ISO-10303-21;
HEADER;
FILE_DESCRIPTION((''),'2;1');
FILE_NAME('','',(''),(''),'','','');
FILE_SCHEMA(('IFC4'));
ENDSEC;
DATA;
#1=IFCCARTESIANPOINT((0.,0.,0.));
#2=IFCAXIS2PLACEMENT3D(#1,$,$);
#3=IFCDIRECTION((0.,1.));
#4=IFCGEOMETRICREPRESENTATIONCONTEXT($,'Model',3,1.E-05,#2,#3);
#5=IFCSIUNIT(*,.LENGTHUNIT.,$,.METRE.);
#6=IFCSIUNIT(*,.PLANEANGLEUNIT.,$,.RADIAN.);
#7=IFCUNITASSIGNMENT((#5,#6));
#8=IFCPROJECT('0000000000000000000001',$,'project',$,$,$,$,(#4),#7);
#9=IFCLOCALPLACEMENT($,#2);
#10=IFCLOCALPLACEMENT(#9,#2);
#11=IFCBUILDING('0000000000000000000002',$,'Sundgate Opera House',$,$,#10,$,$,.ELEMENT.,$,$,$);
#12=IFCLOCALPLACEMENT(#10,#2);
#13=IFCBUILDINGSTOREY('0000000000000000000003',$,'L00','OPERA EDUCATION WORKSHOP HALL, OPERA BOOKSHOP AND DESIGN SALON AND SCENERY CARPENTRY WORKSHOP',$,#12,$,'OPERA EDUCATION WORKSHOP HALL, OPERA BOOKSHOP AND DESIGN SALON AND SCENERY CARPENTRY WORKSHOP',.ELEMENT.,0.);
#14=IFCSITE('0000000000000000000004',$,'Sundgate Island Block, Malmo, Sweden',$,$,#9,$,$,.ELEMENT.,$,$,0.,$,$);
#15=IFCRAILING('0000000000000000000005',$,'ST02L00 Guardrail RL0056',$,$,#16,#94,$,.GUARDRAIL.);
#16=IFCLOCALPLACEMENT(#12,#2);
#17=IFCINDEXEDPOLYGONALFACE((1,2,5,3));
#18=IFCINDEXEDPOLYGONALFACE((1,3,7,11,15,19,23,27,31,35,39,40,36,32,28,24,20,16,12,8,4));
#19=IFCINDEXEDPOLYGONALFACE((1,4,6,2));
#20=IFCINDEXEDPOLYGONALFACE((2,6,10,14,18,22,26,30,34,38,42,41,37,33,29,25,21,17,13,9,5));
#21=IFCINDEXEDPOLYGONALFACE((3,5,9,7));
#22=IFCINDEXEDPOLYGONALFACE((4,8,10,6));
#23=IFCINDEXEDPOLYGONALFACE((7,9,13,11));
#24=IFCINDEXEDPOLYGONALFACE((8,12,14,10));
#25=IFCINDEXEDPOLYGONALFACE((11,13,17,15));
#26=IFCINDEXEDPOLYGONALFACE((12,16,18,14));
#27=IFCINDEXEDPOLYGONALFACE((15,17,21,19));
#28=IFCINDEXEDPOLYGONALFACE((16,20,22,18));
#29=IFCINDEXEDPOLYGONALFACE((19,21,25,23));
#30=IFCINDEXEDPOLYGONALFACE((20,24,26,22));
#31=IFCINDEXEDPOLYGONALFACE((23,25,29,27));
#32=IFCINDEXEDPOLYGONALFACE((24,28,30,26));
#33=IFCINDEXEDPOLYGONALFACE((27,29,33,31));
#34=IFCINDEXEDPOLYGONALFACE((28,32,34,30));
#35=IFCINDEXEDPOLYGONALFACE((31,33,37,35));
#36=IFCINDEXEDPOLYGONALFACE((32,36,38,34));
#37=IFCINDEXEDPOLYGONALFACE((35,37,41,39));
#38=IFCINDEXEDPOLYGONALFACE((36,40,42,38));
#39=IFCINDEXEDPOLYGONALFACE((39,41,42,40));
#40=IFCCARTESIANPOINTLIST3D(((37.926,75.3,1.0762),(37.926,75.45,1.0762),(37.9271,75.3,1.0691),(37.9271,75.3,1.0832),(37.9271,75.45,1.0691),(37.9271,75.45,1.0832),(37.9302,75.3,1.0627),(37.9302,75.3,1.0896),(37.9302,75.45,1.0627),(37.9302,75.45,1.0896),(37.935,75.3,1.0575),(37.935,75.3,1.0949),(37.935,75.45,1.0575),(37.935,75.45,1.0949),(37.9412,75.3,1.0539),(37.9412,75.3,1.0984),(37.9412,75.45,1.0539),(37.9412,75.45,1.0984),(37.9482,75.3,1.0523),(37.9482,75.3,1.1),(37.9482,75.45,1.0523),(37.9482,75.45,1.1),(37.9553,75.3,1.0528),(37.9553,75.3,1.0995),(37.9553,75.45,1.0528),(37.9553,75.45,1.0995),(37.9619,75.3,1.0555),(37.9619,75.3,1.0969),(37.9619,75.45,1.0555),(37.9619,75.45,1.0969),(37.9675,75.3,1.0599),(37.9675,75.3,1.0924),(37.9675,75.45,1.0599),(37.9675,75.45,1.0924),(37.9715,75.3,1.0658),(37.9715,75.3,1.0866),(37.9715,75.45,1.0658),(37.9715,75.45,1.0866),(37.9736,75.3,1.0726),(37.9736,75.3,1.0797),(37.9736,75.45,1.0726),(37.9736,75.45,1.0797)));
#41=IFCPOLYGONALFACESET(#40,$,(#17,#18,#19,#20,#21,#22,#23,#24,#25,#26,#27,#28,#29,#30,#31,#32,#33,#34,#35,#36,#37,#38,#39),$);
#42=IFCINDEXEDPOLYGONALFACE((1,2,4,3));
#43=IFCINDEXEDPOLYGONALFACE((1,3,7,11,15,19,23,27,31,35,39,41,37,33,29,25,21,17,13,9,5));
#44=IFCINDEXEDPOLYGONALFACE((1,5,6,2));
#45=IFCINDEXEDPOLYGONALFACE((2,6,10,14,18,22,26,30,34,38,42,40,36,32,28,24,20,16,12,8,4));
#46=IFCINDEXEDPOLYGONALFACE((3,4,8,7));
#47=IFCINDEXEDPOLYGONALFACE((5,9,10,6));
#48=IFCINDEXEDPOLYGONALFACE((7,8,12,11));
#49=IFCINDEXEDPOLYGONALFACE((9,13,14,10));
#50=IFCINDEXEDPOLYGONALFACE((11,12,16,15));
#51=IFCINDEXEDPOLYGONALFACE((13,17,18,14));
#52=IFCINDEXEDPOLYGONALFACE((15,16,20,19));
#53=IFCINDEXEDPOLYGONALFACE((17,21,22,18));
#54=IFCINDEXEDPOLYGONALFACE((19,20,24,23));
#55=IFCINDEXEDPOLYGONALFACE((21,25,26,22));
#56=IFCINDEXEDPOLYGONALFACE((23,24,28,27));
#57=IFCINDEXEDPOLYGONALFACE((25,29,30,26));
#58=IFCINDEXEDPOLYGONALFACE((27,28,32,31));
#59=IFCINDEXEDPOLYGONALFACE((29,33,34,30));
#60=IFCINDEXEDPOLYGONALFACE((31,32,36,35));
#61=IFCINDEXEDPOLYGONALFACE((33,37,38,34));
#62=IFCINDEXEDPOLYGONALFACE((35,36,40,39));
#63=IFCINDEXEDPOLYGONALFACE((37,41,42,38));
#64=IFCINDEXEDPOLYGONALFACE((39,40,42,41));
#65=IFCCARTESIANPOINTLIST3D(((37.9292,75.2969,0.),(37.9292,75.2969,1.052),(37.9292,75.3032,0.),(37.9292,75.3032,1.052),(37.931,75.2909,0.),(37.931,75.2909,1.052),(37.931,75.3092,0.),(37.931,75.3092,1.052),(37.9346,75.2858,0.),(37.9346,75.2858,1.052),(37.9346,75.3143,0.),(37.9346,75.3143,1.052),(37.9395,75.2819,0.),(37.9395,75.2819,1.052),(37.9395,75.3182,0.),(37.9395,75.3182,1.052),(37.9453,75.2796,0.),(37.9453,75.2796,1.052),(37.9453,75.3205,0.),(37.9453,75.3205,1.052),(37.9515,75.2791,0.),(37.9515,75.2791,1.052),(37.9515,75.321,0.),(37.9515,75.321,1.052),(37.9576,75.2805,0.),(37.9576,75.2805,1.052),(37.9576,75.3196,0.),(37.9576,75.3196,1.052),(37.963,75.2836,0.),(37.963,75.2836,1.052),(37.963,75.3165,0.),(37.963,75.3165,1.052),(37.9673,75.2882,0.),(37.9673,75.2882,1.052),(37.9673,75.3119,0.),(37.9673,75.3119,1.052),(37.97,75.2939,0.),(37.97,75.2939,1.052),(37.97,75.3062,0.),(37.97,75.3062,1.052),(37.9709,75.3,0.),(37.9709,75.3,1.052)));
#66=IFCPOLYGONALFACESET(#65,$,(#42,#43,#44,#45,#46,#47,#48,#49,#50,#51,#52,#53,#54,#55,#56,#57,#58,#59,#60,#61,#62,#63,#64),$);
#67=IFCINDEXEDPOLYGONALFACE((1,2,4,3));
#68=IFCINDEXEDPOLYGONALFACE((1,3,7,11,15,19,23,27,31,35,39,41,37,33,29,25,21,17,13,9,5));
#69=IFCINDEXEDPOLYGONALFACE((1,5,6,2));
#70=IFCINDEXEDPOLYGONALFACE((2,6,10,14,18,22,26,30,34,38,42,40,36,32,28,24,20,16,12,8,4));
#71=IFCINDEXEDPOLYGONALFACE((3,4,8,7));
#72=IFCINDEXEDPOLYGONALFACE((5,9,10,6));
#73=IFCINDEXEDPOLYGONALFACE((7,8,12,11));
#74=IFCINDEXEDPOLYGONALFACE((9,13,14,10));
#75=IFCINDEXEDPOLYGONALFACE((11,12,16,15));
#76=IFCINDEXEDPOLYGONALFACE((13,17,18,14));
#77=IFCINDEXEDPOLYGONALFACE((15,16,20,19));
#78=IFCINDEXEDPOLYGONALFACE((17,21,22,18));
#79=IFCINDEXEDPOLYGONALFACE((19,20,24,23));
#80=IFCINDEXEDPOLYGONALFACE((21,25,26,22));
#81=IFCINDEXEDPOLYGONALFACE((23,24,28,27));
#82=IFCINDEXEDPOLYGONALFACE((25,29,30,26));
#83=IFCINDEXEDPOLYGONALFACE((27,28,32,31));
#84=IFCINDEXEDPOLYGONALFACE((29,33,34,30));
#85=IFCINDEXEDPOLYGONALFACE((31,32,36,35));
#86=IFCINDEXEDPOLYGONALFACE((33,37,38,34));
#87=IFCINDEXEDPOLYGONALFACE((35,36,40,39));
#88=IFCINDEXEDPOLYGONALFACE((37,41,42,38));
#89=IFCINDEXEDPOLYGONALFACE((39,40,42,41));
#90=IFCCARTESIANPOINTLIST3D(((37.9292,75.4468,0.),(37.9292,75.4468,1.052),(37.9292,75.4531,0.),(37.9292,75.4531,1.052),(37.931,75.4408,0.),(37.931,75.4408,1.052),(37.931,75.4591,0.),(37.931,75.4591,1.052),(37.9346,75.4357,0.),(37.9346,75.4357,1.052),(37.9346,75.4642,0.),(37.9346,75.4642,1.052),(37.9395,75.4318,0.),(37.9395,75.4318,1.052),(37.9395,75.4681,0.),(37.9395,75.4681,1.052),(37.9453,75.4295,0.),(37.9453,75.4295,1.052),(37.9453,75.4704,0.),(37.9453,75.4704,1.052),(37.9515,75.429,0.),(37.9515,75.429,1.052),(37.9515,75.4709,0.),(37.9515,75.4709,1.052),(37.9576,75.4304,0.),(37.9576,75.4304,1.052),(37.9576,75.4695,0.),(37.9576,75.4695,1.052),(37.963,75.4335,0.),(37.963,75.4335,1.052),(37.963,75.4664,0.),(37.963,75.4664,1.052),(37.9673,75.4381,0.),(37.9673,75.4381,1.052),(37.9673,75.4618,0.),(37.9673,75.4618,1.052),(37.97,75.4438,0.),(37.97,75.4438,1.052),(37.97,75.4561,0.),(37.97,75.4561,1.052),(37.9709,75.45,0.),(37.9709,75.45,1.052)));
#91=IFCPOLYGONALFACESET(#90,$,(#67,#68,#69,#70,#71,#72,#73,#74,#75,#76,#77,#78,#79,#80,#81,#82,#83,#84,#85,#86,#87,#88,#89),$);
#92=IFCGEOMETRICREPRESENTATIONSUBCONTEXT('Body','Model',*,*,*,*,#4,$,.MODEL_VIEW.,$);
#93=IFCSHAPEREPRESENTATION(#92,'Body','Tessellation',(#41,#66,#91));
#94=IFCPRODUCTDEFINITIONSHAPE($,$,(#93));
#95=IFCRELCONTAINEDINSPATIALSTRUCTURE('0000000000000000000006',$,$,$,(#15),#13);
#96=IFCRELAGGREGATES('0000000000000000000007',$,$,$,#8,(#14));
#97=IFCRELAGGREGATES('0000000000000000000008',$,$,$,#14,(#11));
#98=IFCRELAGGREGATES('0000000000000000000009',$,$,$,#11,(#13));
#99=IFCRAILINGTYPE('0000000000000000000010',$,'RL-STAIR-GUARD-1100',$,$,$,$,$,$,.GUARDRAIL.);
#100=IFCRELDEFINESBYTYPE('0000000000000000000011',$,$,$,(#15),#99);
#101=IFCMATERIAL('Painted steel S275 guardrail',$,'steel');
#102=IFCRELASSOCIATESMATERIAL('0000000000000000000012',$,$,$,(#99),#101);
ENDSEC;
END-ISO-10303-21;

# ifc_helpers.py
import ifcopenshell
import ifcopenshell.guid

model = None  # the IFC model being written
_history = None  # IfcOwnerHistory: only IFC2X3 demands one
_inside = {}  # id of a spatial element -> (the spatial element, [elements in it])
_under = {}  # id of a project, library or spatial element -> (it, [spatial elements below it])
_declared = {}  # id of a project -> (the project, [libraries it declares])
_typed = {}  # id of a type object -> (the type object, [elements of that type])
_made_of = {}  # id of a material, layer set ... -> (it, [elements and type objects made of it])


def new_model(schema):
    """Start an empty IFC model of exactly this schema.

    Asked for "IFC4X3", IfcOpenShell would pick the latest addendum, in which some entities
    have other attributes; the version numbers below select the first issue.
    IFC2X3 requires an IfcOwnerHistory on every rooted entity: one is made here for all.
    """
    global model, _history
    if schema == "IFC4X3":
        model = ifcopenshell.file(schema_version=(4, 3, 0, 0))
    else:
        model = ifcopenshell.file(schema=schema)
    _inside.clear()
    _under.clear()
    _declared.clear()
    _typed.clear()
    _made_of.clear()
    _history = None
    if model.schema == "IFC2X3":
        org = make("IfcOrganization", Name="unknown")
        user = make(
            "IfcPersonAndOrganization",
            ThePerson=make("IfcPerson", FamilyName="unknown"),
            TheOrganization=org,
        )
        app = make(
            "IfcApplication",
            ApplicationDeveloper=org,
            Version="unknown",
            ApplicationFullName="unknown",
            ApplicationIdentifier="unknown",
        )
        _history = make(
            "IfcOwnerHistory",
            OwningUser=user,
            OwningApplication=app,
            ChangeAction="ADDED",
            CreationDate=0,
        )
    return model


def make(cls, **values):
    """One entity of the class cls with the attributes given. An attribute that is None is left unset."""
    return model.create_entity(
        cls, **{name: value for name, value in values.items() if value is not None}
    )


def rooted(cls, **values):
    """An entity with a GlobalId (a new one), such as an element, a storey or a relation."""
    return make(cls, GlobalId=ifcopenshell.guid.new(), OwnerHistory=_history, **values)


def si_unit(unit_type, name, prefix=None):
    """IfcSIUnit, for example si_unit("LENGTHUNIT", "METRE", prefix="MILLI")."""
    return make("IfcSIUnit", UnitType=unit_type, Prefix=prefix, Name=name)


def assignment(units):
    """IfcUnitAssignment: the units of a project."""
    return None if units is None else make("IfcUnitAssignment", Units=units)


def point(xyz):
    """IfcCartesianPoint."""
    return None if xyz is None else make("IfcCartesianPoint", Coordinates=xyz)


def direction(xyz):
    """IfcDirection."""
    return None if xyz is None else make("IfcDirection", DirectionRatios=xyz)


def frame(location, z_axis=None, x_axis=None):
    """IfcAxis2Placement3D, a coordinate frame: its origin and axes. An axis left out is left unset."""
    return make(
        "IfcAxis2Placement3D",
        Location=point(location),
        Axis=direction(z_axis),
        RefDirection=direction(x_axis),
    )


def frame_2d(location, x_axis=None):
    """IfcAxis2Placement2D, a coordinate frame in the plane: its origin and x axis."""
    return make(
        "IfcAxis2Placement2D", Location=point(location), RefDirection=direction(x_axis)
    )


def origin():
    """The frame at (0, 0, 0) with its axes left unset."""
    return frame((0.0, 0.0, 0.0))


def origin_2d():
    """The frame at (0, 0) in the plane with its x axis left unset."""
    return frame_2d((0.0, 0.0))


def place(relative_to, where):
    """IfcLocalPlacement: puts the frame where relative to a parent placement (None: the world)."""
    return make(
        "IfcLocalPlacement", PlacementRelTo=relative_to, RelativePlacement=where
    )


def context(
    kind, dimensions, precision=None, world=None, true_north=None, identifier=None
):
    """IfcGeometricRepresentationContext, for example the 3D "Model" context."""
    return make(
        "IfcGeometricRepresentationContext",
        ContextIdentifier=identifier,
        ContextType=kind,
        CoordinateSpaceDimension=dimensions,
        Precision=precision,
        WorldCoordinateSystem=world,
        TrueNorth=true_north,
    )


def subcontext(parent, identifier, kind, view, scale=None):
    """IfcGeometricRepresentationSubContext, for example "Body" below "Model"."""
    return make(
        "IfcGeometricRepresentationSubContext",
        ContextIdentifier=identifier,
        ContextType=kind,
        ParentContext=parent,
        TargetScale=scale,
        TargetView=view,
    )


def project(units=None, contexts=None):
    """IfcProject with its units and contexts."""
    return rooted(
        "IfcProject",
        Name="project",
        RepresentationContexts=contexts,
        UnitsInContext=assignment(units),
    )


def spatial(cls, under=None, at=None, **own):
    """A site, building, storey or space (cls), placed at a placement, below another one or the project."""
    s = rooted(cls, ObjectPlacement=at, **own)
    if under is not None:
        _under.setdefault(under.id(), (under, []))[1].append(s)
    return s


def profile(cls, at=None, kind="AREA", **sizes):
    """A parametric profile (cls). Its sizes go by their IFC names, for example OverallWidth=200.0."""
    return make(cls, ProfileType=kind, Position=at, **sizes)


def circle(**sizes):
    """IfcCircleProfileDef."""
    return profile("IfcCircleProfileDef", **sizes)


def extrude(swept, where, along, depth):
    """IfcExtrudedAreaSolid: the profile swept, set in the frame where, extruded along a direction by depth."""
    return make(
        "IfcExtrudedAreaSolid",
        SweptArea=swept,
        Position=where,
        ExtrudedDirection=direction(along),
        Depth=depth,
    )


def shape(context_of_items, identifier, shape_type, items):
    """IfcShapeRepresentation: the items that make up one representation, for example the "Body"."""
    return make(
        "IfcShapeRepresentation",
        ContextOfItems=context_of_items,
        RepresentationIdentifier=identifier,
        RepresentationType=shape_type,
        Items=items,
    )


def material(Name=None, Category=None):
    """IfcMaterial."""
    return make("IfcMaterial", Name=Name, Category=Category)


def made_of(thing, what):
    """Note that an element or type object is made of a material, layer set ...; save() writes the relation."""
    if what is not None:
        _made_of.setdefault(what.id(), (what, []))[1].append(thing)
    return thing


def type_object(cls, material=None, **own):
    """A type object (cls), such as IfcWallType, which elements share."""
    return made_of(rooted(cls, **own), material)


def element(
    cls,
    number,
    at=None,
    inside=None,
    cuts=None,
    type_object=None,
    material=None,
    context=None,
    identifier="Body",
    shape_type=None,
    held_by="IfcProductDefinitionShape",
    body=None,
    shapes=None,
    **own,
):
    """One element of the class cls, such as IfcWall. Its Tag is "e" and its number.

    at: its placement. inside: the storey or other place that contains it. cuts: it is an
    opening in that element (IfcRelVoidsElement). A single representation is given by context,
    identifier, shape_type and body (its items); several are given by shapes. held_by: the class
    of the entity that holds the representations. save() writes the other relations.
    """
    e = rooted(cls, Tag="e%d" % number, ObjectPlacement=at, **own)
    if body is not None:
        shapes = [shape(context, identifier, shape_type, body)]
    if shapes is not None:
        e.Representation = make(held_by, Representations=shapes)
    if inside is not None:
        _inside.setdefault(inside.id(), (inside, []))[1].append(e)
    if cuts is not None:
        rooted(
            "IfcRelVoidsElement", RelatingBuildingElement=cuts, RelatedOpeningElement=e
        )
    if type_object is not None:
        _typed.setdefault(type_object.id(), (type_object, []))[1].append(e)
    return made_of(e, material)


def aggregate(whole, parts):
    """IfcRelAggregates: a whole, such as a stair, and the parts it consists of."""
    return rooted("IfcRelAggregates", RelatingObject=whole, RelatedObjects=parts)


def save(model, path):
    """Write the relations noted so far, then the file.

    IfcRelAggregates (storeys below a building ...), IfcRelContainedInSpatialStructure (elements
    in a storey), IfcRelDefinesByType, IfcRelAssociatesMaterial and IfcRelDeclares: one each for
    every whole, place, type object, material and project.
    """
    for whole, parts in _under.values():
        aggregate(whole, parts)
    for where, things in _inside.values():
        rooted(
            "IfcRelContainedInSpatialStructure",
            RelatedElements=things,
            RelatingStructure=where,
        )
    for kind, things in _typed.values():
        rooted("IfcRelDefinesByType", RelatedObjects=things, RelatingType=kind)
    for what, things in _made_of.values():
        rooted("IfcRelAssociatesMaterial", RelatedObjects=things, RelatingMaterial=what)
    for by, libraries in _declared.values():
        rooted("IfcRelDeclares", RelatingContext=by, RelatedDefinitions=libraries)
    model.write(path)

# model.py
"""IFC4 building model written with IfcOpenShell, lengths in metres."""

from ifc_helpers import new_model, si_unit, direction, frame, origin, origin_2d, place, context, subcontext, project, spatial, circle, extrude, material, type_object, element, save


model = new_model("IFC4")

# Units and contexts
model_context = context("Model", 3, precision=1e-05, world=origin(), true_north=direction((0.0, 1.0)))
body_context = subcontext(model_context, "Body", "Model", "MODEL_VIEW")
ifc_project = project(units=[si_unit("LENGTHUNIT", "METRE"), si_unit("PLANEANGLEUNIT", "RADIAN")], contexts=[model_context])

# Site, building, storey
site_placement = place(None, origin())
site = spatial("IfcSite", under=ifc_project, at=site_placement, Name="Sundgate Island Block, Malmo, Sweden", CompositionType="ELEMENT", RefElevation=0.0)
building_placement = place(site_placement, origin())
building = spatial("IfcBuilding", under=site, at=building_placement, Name="Sundgate Opera House", CompositionType="ELEMENT")
storey_placement = place(building_placement, origin())
storey = spatial("IfcBuildingStorey", under=building, at=storey_placement, Name="L00", Description="OPERA EDUCATION WORKSHOP HALL, OPERA BOOKSHOP AND DESIGN SALON AND SCENERY CARPENTRY WORKSHOP", LongName="OPERA EDUCATION WORKSHOP HALL, OPERA BOOKSHOP AND DESIGN SALON AND SCENERY CARPENTRY WORKSHOP", CompositionType="ELEMENT", Elevation=0.0)

# Railing
ifc_material_1 = material(Name="Painted steel S275 guardrail", Category="steel")
railing_type_1 = type_object("IfcRailingType", Name="RL-STAIR-GUARD-1100", PredefinedType="GUARDRAIL", material=ifc_material_1)
railing_1_placement = place(storey_placement, frame((37.95, 75.3, 0.0)))
element("IfcRailing", 1, at=railing_1_placement, inside=storey, type_object=railing_type_1, Name="ST02L00 Guardrail RL0056", PredefinedType="GUARDRAIL", context=body_context, shape_type="SweptSolid", body=[
    extrude(circle(Radius=0.0239, at=origin_2d()), frame((0.0, 0.0, 1.0762), z_axis=(0.0, 1.0, 0.0), x_axis=(-1.0, 0.0, 0.0)), (0.0, 0.0, 1.0), 0.1499),
    extrude(circle(Radius=0.021, at=origin_2d()), origin(), (0.0, 0.0, 1.0), 1.052),
    extrude(circle(Radius=0.021, at=origin_2d()), frame((0.0, 0.1499, 0.0)), (0.0, 0.0, 1.0), 1.052),
])

save(model, "model.ifc")
